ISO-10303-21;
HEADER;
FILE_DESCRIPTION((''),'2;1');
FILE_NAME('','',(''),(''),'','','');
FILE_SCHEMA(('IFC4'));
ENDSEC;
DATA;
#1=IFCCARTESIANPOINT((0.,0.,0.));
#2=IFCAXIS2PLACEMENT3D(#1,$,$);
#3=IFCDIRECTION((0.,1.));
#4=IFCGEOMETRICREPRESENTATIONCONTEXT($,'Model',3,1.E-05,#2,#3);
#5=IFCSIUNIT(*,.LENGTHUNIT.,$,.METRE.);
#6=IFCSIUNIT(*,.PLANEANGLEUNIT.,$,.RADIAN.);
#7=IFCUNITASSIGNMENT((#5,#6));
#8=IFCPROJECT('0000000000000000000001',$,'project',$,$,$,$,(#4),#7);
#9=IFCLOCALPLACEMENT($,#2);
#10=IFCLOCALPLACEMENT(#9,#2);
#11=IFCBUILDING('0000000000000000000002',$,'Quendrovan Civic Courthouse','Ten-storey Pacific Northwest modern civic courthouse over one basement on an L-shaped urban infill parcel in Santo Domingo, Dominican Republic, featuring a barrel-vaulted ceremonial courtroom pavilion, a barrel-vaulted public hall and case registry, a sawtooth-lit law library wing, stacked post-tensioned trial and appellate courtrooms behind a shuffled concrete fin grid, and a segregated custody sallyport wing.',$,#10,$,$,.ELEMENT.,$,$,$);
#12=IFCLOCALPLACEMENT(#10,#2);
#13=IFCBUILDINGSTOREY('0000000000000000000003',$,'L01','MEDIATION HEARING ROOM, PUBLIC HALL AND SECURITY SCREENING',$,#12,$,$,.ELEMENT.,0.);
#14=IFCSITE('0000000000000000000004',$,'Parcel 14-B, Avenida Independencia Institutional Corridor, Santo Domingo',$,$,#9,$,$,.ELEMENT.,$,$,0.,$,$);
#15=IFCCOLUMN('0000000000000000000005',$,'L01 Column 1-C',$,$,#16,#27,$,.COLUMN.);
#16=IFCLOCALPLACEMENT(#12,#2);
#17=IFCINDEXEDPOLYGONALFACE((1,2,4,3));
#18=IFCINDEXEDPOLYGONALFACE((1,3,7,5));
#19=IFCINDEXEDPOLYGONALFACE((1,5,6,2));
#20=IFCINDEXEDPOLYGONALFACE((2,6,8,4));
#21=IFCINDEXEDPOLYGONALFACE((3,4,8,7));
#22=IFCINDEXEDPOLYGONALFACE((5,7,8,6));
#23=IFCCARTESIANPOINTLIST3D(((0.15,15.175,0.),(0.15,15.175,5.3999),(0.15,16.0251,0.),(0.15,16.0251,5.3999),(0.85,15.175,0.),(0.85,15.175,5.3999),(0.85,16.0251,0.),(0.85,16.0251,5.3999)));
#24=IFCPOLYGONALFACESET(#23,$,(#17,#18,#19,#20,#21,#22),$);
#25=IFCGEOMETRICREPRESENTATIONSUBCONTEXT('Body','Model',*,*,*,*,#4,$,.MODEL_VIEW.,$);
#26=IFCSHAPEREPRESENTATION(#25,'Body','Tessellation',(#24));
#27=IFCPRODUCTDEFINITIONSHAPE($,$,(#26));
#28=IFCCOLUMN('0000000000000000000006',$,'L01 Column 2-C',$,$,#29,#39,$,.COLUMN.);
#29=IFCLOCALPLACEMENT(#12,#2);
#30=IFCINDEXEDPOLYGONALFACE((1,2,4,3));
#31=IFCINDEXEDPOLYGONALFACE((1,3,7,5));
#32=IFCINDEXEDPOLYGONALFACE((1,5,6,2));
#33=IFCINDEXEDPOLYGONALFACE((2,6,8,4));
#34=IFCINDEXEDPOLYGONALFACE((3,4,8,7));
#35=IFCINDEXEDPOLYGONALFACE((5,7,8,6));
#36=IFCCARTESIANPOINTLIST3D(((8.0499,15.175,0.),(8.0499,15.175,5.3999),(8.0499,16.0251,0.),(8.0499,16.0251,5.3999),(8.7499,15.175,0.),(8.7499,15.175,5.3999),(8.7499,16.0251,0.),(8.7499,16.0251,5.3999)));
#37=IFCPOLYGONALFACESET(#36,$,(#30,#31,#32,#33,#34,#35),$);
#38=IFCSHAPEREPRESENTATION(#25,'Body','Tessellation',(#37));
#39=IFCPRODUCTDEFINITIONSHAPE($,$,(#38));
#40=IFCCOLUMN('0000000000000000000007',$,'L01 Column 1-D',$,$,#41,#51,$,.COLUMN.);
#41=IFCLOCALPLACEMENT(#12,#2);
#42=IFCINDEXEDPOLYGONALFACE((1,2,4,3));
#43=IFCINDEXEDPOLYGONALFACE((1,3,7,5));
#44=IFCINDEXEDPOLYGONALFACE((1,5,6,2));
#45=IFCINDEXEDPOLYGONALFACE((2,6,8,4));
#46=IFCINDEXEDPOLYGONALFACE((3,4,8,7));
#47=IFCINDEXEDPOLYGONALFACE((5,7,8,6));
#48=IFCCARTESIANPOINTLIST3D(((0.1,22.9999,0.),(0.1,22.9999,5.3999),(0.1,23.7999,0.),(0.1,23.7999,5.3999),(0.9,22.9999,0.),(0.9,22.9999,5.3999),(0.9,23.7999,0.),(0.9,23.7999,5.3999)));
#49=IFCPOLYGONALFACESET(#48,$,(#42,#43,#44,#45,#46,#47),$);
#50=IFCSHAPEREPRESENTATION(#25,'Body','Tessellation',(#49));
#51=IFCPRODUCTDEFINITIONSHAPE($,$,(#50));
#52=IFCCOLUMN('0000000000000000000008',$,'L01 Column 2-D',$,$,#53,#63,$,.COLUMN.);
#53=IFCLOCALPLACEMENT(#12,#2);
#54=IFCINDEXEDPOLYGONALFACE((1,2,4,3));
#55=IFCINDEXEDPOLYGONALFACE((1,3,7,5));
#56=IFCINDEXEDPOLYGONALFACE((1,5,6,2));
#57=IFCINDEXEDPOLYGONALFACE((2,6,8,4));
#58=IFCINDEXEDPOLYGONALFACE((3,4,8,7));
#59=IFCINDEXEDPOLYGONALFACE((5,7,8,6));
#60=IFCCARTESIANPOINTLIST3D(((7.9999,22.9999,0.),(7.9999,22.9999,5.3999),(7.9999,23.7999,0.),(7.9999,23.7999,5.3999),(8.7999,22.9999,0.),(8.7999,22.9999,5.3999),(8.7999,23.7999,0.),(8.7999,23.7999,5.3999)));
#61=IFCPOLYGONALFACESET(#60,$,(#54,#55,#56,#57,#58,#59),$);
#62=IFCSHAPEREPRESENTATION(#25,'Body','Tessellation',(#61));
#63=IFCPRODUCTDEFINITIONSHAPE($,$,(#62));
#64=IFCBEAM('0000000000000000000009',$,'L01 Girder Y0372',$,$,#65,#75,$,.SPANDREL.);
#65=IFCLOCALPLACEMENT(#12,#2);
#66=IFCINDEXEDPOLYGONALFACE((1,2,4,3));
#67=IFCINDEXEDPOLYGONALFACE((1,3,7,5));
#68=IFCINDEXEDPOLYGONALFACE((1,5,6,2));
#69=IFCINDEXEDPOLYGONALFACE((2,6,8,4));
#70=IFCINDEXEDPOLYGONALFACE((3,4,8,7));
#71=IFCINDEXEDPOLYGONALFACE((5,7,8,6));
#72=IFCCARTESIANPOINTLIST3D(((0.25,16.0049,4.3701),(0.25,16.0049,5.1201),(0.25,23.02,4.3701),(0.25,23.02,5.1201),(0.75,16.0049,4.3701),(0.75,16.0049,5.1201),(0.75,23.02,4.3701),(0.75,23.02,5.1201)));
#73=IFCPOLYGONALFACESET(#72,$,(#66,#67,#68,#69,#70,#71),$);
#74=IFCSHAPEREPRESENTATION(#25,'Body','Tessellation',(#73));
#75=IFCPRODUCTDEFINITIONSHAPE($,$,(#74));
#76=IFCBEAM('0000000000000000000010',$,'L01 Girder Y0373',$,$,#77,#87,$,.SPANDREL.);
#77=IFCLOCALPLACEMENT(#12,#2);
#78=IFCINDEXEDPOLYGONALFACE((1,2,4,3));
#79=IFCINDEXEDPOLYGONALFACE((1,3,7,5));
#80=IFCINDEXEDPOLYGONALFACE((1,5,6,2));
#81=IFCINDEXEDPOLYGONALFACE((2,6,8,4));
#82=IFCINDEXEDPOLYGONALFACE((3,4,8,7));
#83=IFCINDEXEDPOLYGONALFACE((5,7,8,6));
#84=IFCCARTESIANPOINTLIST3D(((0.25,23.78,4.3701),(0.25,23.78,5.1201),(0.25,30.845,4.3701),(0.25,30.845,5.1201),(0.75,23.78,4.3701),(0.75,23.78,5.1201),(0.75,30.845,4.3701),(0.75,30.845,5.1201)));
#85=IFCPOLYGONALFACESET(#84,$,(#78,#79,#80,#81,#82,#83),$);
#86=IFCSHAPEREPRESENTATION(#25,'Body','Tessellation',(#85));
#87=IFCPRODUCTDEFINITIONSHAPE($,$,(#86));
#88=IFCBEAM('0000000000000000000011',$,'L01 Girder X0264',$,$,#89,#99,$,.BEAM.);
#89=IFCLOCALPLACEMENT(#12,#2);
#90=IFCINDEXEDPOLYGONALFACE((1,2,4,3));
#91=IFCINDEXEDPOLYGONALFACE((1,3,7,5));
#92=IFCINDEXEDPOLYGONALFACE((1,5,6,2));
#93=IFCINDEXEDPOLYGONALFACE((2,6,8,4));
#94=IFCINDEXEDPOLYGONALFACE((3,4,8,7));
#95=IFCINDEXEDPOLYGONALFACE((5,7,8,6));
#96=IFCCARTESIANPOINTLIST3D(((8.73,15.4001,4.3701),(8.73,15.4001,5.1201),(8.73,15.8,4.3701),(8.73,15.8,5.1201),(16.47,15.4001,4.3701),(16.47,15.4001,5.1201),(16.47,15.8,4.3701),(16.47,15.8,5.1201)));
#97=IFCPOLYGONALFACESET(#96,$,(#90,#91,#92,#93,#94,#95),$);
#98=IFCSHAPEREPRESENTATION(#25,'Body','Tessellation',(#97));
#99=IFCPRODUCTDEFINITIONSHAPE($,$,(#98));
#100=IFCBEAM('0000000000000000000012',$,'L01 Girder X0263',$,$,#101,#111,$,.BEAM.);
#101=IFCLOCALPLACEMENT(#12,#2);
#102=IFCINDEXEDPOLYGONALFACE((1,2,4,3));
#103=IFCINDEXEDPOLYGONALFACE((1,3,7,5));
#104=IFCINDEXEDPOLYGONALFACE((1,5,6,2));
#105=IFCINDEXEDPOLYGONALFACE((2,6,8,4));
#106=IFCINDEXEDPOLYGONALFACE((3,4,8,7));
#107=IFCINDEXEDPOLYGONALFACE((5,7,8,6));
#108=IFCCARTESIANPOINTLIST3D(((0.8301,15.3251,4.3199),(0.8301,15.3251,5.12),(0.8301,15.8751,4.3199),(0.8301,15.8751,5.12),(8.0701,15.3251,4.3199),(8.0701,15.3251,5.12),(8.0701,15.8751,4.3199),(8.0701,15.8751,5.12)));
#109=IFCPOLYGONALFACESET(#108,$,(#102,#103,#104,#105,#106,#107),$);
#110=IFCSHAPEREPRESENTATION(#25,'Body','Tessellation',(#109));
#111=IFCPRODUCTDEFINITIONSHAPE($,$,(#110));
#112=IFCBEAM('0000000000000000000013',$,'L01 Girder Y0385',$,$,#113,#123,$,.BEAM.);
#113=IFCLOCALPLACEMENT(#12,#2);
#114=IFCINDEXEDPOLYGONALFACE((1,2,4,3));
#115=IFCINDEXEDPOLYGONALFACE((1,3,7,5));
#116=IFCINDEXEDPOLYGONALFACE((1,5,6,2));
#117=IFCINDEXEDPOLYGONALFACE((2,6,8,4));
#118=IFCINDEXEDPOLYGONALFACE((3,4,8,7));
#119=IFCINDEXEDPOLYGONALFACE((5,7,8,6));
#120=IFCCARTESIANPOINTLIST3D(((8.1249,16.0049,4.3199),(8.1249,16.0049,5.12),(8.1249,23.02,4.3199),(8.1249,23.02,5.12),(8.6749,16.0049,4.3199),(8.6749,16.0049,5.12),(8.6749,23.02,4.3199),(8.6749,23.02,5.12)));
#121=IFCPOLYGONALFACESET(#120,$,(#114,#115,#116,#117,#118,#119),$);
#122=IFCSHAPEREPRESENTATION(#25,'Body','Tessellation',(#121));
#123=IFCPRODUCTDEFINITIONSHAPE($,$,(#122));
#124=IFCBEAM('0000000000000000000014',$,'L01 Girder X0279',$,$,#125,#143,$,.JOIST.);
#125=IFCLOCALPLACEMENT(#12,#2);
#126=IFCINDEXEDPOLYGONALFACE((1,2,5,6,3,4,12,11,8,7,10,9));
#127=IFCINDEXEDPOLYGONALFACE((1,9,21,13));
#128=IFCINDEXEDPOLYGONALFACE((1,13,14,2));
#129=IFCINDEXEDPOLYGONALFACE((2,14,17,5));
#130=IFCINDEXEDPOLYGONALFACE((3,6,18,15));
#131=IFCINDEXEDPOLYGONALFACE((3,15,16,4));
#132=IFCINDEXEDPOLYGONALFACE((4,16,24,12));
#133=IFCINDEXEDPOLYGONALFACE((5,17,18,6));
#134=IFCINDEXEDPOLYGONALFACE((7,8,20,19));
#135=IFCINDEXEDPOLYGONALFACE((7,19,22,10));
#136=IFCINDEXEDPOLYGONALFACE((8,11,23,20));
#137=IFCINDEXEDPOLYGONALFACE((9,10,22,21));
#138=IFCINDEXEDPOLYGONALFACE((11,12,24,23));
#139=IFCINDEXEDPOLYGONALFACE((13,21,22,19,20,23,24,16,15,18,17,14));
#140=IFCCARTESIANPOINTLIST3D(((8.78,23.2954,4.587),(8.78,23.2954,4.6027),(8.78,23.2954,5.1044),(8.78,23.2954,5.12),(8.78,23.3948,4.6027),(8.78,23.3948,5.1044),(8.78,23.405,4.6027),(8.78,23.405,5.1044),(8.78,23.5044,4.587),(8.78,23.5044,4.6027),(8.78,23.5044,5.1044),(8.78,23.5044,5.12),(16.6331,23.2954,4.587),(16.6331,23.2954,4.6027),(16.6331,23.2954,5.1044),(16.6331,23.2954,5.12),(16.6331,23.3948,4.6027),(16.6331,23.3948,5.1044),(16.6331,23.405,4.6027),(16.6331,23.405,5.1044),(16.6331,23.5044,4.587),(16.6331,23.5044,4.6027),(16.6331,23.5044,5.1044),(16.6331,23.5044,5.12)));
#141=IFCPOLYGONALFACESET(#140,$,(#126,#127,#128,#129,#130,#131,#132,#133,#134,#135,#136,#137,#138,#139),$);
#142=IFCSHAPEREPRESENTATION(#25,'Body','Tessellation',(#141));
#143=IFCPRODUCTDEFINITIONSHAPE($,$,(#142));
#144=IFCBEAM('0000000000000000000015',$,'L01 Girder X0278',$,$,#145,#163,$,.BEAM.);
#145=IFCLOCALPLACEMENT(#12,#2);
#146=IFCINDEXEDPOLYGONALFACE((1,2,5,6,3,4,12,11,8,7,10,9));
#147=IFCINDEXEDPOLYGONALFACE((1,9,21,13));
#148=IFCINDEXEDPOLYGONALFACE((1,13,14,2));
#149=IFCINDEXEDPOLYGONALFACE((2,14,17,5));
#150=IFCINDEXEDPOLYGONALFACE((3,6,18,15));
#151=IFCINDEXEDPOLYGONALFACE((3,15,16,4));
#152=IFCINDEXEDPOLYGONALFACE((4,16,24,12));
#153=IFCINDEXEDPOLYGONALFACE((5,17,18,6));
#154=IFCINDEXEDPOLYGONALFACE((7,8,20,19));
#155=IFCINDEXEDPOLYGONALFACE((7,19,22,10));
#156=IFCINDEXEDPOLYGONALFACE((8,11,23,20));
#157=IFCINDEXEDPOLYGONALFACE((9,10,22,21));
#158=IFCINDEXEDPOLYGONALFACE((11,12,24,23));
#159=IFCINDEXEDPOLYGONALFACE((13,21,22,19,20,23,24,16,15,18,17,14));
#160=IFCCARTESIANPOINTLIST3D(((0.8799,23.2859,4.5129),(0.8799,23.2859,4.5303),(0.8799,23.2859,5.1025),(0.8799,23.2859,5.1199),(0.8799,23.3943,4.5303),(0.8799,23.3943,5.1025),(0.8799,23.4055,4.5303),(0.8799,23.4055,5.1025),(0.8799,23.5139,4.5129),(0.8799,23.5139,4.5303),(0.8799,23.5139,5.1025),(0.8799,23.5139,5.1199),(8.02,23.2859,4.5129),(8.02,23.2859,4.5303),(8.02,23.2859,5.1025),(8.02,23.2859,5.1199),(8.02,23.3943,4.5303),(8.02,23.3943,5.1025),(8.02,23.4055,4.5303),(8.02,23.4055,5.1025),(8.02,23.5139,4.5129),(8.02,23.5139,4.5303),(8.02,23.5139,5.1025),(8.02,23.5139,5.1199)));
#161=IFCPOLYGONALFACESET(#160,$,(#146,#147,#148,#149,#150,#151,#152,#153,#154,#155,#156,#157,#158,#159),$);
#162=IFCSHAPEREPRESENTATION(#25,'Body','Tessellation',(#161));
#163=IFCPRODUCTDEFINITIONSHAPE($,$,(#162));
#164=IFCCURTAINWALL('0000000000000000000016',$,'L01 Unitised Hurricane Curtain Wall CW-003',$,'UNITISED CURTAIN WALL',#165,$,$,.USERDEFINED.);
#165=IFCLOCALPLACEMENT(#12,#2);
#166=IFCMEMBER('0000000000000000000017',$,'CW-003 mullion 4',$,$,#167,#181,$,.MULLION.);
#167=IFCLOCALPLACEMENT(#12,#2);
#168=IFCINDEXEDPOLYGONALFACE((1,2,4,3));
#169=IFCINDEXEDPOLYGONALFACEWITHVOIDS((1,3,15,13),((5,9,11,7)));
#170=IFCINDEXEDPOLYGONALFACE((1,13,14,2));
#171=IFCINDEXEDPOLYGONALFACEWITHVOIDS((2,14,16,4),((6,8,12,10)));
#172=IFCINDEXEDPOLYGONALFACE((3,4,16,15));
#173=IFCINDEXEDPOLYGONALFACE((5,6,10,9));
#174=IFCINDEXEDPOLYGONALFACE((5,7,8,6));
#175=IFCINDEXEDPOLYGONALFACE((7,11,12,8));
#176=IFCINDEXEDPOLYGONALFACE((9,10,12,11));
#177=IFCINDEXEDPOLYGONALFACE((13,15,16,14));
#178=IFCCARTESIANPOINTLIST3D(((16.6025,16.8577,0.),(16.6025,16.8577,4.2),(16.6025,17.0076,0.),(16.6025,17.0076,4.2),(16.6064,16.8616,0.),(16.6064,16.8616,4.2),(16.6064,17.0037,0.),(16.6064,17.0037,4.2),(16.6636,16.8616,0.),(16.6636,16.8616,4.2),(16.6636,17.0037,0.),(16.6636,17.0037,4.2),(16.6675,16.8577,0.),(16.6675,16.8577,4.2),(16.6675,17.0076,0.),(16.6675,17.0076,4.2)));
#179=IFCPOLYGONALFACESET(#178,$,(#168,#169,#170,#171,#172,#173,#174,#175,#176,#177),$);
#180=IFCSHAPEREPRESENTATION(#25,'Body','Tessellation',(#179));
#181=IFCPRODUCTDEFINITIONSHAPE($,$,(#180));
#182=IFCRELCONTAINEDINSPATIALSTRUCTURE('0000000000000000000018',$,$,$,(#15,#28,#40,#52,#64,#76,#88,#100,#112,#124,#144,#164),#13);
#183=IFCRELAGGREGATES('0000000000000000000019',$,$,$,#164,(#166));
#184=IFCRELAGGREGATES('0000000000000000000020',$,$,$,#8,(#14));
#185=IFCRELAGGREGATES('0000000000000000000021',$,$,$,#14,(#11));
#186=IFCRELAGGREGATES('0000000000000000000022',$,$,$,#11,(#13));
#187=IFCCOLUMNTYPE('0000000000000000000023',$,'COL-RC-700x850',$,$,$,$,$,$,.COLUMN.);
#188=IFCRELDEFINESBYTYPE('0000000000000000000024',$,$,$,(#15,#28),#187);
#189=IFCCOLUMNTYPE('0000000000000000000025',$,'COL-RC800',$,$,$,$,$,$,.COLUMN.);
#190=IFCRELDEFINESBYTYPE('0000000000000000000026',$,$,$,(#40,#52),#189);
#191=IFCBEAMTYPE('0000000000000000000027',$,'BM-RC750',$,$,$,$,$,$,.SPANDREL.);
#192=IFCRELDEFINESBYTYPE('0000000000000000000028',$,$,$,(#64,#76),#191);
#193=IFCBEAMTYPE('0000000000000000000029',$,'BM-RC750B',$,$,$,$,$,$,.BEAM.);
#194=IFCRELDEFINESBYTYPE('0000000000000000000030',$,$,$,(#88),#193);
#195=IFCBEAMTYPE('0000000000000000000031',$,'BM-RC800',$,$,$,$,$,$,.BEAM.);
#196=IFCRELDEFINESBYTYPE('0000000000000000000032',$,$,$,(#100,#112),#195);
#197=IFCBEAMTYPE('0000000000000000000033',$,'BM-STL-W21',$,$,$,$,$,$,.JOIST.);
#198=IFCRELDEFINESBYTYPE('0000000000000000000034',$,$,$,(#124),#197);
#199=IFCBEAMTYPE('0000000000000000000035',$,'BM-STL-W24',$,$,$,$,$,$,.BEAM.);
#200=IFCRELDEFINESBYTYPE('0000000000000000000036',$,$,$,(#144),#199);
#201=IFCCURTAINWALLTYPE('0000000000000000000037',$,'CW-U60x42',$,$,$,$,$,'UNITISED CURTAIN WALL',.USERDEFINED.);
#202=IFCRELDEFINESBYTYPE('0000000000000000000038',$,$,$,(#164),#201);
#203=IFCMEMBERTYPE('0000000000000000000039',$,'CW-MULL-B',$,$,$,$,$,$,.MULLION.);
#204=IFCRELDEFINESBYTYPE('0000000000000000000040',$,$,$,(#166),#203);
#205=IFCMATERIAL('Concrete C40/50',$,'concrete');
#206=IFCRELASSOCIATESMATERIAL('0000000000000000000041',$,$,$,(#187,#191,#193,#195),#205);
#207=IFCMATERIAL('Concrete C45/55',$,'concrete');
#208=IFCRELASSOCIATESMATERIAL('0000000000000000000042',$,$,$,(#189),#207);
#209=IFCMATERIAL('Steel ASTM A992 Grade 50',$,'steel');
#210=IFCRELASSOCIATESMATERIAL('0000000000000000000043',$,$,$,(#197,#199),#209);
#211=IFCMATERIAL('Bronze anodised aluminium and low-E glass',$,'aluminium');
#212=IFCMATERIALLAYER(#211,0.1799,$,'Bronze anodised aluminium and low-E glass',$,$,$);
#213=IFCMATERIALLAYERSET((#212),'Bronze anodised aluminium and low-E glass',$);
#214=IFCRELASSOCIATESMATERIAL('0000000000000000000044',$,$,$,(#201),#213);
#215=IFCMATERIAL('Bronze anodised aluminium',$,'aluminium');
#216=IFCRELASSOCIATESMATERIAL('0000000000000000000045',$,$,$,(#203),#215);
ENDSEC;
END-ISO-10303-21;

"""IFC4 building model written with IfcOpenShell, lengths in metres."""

from ifc_helpers import new_model, si_unit, direction, frame, origin, origin_2d, place, context, subcontext, project, spatial, rectangle, hollow_rectangle, i_section, extrude, material, layer, layer_set, material_profile, profile_set, type_object, element, aggregate, save


model = new_model("IFC4")

# Units and contexts
model_context = context("Model", 3, precision=1e-05, world=origin(), true_north=direction((0.0, 1.0)))
body_context = subcontext(model_context, "Body", "Model", "MODEL_VIEW")
ifc_project = project(units=[si_unit("LENGTHUNIT", "METRE"), si_unit("PLANEANGLEUNIT", "RADIAN")], contexts=[model_context])

# Site, building, storey
site_placement = place(None, origin())
site = spatial("IfcSite", under=ifc_project, at=site_placement, Name="Parcel 14-B, Avenida Independencia Institutional Corridor, Santo Domingo", CompositionType="ELEMENT", RefElevation=0.0)
building_placement = place(site_placement, origin())
building = spatial("IfcBuilding", under=site, at=building_placement, Name="Quendrovan Civic Courthouse", Description="Ten-storey Pacific Northwest modern civic courthouse over one basement on an L-shaped urban infill parcel in Santo Domingo, Dominican Republic, featuring a barrel-vaulted ceremonial courtroom pavilion, a barrel-vaulted public hall and case registry, a sawtooth-lit law library wing, stacked post-tensioned trial and appellate courtrooms behind a shuffled concrete fin grid, and a segregated custody sallyport wing.", CompositionType="ELEMENT")
storey_placement = place(building_placement, origin())
storey = spatial("IfcBuildingStorey", under=building, at=storey_placement, Name="L01", Description="MEDIATION HEARING ROOM, PUBLIC HALL AND SECURITY SCREENING", CompositionType="ELEMENT", Elevation=0.0)

# Columns
ifc_material_1 = material(Name="Concrete C40/50", Category="concrete")
ifc_material_profile_1 = material_profile(ifc_material_1, rectangle(XDim=0.7, YDim=0.8501, at=origin_2d()), Name="RC-COL-700x850")
ifc_profile_set_1 = profile_set([ifc_material_profile_1], Name="Concrete C40/50")
column_type_1 = type_object("IfcColumnType", Name="COL-RC-700x850", PredefinedType="COLUMN", material=ifc_profile_set_1)
for number, where, z_axis, x_axis, name in (
    (1, (0.5, 15.6001, 0.0), (0.0, 0.0, 1.0), (1.0, 0.0, 0.0), "L01 Column 1-C"),
    (2, (8.3999, 15.6001, 0.0), (0.0, 0.0, 1.0), (1.0, 0.0, 0.0), "L01 Column 2-C"),
):
    element("IfcColumn", number, at=place(storey_placement, frame(where, z_axis=z_axis, x_axis=x_axis)), inside=storey, type_object=column_type_1, Name=name, PredefinedType="COLUMN", context=body_context, shape_type="SweptSolid", body=[
        extrude(rectangle(XDim=0.7, YDim=0.8501, at=origin_2d()), origin(), (0.0, 0.0, 1.0), 5.3999),
    ])
ifc_material_2 = material(Name="Concrete C45/55", Category="concrete")
ifc_material_profile_2 = material_profile(ifc_material_2, rectangle(XDim=0.8, YDim=0.8, at=origin_2d()), Name="RC-COL-800x800")
ifc_profile_set_2 = profile_set([ifc_material_profile_2], Name="Concrete C45/55")
column_type_2 = type_object("IfcColumnType", Name="COL-RC800", PredefinedType="COLUMN", material=ifc_profile_set_2)
for number, where, z_axis, x_axis, name in (
    (3, (0.5, 23.3999, 0.0), (0.0, 0.0, 1.0), (1.0, 0.0, 0.0), "L01 Column 1-D"),
    (4, (8.3999, 23.3999, 0.0), (0.0, 0.0, 1.0), (1.0, 0.0, 0.0), "L01 Column 2-D"),
):
    element("IfcColumn", number, at=place(storey_placement, frame(where, z_axis=z_axis, x_axis=x_axis)), inside=storey, type_object=column_type_2, Name=name, PredefinedType="COLUMN", context=body_context, shape_type="SweptSolid", body=[
        extrude(rectangle(XDim=0.8, YDim=0.8, at=origin_2d()), origin(), (0.0, 0.0, 1.0), 5.3999),
    ])

# Beams
ifc_material_profile_3 = material_profile(ifc_material_1, rectangle(XDim=0.5, YDim=0.75, at=origin_2d()), Name="RC-BM-500x750")
ifc_profile_set_3 = profile_set([ifc_material_profile_3], Name="Concrete C40/50")
beam_type_1 = type_object("IfcBeamType", Name="BM-RC750", PredefinedType="SPANDREL", material=ifc_profile_set_3)
beam_1_placement = place(storey_placement, frame((0.5, 16.0049, 4.7451), z_axis=(0.0, 1.0, 0.0), x_axis=(-1.0, 0.0, 0.0)))
element("IfcBeam", 5, at=beam_1_placement, inside=storey, type_object=beam_type_1, Name="L01 Girder Y0372", PredefinedType="SPANDREL", context=body_context, shape_type="SweptSolid", body=[
    extrude(rectangle(XDim=0.5, YDim=0.75, at=origin_2d()), origin(), (0.0, 0.0, 1.0), 7.0151),
])
beam_2_placement = place(storey_placement, frame((0.5, 23.78, 4.7451), z_axis=(0.0, 1.0, 0.0), x_axis=(-1.0, 0.0, 0.0)))
element("IfcBeam", 6, at=beam_2_placement, inside=storey, type_object=beam_type_1, Name="L01 Girder Y0373", PredefinedType="SPANDREL", context=body_context, shape_type="SweptSolid", body=[
    extrude(rectangle(XDim=0.5, YDim=0.75, at=origin_2d()), origin(), (0.0, 0.0, 1.0), 7.0649),
])
ifc_material_profile_4 = material_profile(ifc_material_1, rectangle(XDim=0.3999, YDim=0.75, at=origin_2d()), Name="RC-BM-400x750")
ifc_profile_set_4 = profile_set([ifc_material_profile_4], Name="Concrete C40/50")
beam_type_2 = type_object("IfcBeamType", Name="BM-RC750B", PredefinedType="BEAM", material=ifc_profile_set_4)
beam_3_placement = place(storey_placement, frame((8.73, 15.6001, 4.7451), z_axis=(1.0, 0.0, 0.0), x_axis=(0.0, 1.0, 0.0)))
element("IfcBeam", 7, at=beam_3_placement, inside=storey, type_object=beam_type_2, Name="L01 Girder X0264", PredefinedType="BEAM", context=body_context, shape_type="SweptSolid", body=[
    extrude(rectangle(XDim=0.3999, YDim=0.75, at=origin_2d()), origin(), (0.0, 0.0, 1.0), 7.74),
])
ifc_material_profile_5 = material_profile(ifc_material_1, rectangle(XDim=0.55, YDim=0.8, at=origin_2d()), Name="RC-BM-550x800")
ifc_profile_set_5 = profile_set([ifc_material_profile_5], Name="Concrete C40/50")
beam_type_3 = type_object("IfcBeamType", Name="BM-RC800", PredefinedType="BEAM", material=ifc_profile_set_5)
beam_4_placement = place(storey_placement, frame((0.8301, 15.6001, 4.72), z_axis=(1.0, 0.0, 0.0), x_axis=(0.0, 1.0, 0.0)))
element("IfcBeam", 8, at=beam_4_placement, inside=storey, type_object=beam_type_3, Name="L01 Girder X0263", PredefinedType="BEAM", context=body_context, shape_type="SweptSolid", body=[
    extrude(rectangle(XDim=0.55, YDim=0.8, at=origin_2d()), origin(), (0.0, 0.0, 1.0), 7.24),
])
beam_5_placement = place(storey_placement, frame((8.3999, 16.0049, 4.72), z_axis=(0.0, 1.0, 0.0), x_axis=(-1.0, 0.0, 0.0)))
element("IfcBeam", 9, at=beam_5_placement, inside=storey, type_object=beam_type_3, Name="L01 Girder Y0385", PredefinedType="BEAM", context=body_context, shape_type="SweptSolid", body=[
    extrude(rectangle(XDim=0.55, YDim=0.8, at=origin_2d()), origin(), (0.0, 0.0, 1.0), 7.0151),
])
ifc_material_3 = material(Name="Steel ASTM A992 Grade 50", Category="steel")
ifc_material_profile_6 = material_profile(ifc_material_3, i_section(OverallWidth=0.209, OverallDepth=0.533, WebThickness=0.0103, FlangeThickness=0.0156, at=origin_2d()), Name="W21X62")
ifc_profile_set_6 = profile_set([ifc_material_profile_6], Name="Steel ASTM A992 Grade 50")
beam_type_4 = type_object("IfcBeamType", Name="BM-STL-W21", PredefinedType="JOIST", material=ifc_profile_set_6)
beam_6_placement = place(storey_placement, frame((8.78, 23.3999, 4.8535), z_axis=(1.0, 0.0, 0.0), x_axis=(0.0, 1.0, 0.0)))
element("IfcBeam", 10, at=beam_6_placement, inside=storey, type_object=beam_type_4, Name="L01 Girder X0279", PredefinedType="JOIST", context=body_context, shape_type="SweptSolid", body=[
    extrude(i_section(OverallWidth=0.209, OverallDepth=0.533, WebThickness=0.0103, FlangeThickness=0.0156, at=origin_2d()), origin(), (0.0, 0.0, 1.0), 7.853),
])
ifc_material_profile_7 = material_profile(ifc_material_3, i_section(OverallWidth=0.228, OverallDepth=0.6069, WebThickness=0.0112, FlangeThickness=0.0173, at=origin_2d()), Name="W24X76")
ifc_profile_set_7 = profile_set([ifc_material_profile_7], Name="Steel ASTM A992 Grade 50")
beam_type_5 = type_object("IfcBeamType", Name="BM-STL-W24", PredefinedType="BEAM", material=ifc_profile_set_7)
beam_7_placement = place(storey_placement, frame((0.8799, 23.3999, 4.8164), z_axis=(1.0, 0.0, 0.0), x_axis=(0.0, 1.0, 0.0)))
element("IfcBeam", 11, at=beam_7_placement, inside=storey, type_object=beam_type_5, Name="L01 Girder X0278", PredefinedType="BEAM", context=body_context, shape_type="SweptSolid", body=[
    extrude(i_section(OverallWidth=0.228, OverallDepth=0.6069, WebThickness=0.0112, FlangeThickness=0.0173, at=origin_2d()), origin(), (0.0, 0.0, 1.0), 7.1401),
])

# Curtain wall, member
ifc_material_4 = material(Name="Bronze anodised aluminium and low-E glass", Category="aluminium")
ifc_layer_1 = layer(ifc_material_4, 0.1799, Name="Bronze anodised aluminium and low-E glass")
ifc_layer_set_1 = layer_set([ifc_layer_1], Name="Bronze anodised aluminium and low-E glass")
curtain_wall_type = type_object("IfcCurtainWallType", Name="CW-U60x42", ElementType="UNITISED CURTAIN WALL", PredefinedType="USERDEFINED", material=ifc_layer_set_1)
curtain_wall_placement = place(storey_placement, origin())
curtain_wall = element("IfcCurtainWall", 12, at=curtain_wall_placement, inside=storey, type_object=curtain_wall_type, Name="L01 Unitised Hurricane Curtain Wall CW-003", ObjectType="UNITISED CURTAIN WALL", PredefinedType="USERDEFINED")
ifc_material_5 = material(Name="Bronze anodised aluminium", Category="aluminium")
ifc_material_profile_8 = material_profile(ifc_material_5, hollow_rectangle(XDim=0.0649, YDim=0.1499, WallThickness=0.0039, at=origin_2d()), Name="CW-MULL-65x150")
ifc_profile_set_8 = profile_set([ifc_material_profile_8], Name="Bronze anodised aluminium")
member_type_1 = type_object("IfcMemberType", Name="CW-MULL-B", PredefinedType="MULLION", material=ifc_profile_set_8)
member_1_placement = place(storey_placement, frame((16.635, 16.9326, 0.0), z_axis=(0.0, 0.0, 1.0), x_axis=(1.0, 0.0, 0.0)))
member_1 = element("IfcMember", 13, at=member_1_placement, type_object=member_type_1, Name="CW-003 mullion 4", PredefinedType="MULLION", context=body_context, shape_type="SweptSolid", body=[
    extrude(hollow_rectangle(XDim=0.0649, YDim=0.1499, WallThickness=0.0039, at=origin_2d()), origin(), (0.0, 0.0, 1.0), 4.2),
])
aggregate(curtain_wall, [member_1])

save(model, "model.ifc")
